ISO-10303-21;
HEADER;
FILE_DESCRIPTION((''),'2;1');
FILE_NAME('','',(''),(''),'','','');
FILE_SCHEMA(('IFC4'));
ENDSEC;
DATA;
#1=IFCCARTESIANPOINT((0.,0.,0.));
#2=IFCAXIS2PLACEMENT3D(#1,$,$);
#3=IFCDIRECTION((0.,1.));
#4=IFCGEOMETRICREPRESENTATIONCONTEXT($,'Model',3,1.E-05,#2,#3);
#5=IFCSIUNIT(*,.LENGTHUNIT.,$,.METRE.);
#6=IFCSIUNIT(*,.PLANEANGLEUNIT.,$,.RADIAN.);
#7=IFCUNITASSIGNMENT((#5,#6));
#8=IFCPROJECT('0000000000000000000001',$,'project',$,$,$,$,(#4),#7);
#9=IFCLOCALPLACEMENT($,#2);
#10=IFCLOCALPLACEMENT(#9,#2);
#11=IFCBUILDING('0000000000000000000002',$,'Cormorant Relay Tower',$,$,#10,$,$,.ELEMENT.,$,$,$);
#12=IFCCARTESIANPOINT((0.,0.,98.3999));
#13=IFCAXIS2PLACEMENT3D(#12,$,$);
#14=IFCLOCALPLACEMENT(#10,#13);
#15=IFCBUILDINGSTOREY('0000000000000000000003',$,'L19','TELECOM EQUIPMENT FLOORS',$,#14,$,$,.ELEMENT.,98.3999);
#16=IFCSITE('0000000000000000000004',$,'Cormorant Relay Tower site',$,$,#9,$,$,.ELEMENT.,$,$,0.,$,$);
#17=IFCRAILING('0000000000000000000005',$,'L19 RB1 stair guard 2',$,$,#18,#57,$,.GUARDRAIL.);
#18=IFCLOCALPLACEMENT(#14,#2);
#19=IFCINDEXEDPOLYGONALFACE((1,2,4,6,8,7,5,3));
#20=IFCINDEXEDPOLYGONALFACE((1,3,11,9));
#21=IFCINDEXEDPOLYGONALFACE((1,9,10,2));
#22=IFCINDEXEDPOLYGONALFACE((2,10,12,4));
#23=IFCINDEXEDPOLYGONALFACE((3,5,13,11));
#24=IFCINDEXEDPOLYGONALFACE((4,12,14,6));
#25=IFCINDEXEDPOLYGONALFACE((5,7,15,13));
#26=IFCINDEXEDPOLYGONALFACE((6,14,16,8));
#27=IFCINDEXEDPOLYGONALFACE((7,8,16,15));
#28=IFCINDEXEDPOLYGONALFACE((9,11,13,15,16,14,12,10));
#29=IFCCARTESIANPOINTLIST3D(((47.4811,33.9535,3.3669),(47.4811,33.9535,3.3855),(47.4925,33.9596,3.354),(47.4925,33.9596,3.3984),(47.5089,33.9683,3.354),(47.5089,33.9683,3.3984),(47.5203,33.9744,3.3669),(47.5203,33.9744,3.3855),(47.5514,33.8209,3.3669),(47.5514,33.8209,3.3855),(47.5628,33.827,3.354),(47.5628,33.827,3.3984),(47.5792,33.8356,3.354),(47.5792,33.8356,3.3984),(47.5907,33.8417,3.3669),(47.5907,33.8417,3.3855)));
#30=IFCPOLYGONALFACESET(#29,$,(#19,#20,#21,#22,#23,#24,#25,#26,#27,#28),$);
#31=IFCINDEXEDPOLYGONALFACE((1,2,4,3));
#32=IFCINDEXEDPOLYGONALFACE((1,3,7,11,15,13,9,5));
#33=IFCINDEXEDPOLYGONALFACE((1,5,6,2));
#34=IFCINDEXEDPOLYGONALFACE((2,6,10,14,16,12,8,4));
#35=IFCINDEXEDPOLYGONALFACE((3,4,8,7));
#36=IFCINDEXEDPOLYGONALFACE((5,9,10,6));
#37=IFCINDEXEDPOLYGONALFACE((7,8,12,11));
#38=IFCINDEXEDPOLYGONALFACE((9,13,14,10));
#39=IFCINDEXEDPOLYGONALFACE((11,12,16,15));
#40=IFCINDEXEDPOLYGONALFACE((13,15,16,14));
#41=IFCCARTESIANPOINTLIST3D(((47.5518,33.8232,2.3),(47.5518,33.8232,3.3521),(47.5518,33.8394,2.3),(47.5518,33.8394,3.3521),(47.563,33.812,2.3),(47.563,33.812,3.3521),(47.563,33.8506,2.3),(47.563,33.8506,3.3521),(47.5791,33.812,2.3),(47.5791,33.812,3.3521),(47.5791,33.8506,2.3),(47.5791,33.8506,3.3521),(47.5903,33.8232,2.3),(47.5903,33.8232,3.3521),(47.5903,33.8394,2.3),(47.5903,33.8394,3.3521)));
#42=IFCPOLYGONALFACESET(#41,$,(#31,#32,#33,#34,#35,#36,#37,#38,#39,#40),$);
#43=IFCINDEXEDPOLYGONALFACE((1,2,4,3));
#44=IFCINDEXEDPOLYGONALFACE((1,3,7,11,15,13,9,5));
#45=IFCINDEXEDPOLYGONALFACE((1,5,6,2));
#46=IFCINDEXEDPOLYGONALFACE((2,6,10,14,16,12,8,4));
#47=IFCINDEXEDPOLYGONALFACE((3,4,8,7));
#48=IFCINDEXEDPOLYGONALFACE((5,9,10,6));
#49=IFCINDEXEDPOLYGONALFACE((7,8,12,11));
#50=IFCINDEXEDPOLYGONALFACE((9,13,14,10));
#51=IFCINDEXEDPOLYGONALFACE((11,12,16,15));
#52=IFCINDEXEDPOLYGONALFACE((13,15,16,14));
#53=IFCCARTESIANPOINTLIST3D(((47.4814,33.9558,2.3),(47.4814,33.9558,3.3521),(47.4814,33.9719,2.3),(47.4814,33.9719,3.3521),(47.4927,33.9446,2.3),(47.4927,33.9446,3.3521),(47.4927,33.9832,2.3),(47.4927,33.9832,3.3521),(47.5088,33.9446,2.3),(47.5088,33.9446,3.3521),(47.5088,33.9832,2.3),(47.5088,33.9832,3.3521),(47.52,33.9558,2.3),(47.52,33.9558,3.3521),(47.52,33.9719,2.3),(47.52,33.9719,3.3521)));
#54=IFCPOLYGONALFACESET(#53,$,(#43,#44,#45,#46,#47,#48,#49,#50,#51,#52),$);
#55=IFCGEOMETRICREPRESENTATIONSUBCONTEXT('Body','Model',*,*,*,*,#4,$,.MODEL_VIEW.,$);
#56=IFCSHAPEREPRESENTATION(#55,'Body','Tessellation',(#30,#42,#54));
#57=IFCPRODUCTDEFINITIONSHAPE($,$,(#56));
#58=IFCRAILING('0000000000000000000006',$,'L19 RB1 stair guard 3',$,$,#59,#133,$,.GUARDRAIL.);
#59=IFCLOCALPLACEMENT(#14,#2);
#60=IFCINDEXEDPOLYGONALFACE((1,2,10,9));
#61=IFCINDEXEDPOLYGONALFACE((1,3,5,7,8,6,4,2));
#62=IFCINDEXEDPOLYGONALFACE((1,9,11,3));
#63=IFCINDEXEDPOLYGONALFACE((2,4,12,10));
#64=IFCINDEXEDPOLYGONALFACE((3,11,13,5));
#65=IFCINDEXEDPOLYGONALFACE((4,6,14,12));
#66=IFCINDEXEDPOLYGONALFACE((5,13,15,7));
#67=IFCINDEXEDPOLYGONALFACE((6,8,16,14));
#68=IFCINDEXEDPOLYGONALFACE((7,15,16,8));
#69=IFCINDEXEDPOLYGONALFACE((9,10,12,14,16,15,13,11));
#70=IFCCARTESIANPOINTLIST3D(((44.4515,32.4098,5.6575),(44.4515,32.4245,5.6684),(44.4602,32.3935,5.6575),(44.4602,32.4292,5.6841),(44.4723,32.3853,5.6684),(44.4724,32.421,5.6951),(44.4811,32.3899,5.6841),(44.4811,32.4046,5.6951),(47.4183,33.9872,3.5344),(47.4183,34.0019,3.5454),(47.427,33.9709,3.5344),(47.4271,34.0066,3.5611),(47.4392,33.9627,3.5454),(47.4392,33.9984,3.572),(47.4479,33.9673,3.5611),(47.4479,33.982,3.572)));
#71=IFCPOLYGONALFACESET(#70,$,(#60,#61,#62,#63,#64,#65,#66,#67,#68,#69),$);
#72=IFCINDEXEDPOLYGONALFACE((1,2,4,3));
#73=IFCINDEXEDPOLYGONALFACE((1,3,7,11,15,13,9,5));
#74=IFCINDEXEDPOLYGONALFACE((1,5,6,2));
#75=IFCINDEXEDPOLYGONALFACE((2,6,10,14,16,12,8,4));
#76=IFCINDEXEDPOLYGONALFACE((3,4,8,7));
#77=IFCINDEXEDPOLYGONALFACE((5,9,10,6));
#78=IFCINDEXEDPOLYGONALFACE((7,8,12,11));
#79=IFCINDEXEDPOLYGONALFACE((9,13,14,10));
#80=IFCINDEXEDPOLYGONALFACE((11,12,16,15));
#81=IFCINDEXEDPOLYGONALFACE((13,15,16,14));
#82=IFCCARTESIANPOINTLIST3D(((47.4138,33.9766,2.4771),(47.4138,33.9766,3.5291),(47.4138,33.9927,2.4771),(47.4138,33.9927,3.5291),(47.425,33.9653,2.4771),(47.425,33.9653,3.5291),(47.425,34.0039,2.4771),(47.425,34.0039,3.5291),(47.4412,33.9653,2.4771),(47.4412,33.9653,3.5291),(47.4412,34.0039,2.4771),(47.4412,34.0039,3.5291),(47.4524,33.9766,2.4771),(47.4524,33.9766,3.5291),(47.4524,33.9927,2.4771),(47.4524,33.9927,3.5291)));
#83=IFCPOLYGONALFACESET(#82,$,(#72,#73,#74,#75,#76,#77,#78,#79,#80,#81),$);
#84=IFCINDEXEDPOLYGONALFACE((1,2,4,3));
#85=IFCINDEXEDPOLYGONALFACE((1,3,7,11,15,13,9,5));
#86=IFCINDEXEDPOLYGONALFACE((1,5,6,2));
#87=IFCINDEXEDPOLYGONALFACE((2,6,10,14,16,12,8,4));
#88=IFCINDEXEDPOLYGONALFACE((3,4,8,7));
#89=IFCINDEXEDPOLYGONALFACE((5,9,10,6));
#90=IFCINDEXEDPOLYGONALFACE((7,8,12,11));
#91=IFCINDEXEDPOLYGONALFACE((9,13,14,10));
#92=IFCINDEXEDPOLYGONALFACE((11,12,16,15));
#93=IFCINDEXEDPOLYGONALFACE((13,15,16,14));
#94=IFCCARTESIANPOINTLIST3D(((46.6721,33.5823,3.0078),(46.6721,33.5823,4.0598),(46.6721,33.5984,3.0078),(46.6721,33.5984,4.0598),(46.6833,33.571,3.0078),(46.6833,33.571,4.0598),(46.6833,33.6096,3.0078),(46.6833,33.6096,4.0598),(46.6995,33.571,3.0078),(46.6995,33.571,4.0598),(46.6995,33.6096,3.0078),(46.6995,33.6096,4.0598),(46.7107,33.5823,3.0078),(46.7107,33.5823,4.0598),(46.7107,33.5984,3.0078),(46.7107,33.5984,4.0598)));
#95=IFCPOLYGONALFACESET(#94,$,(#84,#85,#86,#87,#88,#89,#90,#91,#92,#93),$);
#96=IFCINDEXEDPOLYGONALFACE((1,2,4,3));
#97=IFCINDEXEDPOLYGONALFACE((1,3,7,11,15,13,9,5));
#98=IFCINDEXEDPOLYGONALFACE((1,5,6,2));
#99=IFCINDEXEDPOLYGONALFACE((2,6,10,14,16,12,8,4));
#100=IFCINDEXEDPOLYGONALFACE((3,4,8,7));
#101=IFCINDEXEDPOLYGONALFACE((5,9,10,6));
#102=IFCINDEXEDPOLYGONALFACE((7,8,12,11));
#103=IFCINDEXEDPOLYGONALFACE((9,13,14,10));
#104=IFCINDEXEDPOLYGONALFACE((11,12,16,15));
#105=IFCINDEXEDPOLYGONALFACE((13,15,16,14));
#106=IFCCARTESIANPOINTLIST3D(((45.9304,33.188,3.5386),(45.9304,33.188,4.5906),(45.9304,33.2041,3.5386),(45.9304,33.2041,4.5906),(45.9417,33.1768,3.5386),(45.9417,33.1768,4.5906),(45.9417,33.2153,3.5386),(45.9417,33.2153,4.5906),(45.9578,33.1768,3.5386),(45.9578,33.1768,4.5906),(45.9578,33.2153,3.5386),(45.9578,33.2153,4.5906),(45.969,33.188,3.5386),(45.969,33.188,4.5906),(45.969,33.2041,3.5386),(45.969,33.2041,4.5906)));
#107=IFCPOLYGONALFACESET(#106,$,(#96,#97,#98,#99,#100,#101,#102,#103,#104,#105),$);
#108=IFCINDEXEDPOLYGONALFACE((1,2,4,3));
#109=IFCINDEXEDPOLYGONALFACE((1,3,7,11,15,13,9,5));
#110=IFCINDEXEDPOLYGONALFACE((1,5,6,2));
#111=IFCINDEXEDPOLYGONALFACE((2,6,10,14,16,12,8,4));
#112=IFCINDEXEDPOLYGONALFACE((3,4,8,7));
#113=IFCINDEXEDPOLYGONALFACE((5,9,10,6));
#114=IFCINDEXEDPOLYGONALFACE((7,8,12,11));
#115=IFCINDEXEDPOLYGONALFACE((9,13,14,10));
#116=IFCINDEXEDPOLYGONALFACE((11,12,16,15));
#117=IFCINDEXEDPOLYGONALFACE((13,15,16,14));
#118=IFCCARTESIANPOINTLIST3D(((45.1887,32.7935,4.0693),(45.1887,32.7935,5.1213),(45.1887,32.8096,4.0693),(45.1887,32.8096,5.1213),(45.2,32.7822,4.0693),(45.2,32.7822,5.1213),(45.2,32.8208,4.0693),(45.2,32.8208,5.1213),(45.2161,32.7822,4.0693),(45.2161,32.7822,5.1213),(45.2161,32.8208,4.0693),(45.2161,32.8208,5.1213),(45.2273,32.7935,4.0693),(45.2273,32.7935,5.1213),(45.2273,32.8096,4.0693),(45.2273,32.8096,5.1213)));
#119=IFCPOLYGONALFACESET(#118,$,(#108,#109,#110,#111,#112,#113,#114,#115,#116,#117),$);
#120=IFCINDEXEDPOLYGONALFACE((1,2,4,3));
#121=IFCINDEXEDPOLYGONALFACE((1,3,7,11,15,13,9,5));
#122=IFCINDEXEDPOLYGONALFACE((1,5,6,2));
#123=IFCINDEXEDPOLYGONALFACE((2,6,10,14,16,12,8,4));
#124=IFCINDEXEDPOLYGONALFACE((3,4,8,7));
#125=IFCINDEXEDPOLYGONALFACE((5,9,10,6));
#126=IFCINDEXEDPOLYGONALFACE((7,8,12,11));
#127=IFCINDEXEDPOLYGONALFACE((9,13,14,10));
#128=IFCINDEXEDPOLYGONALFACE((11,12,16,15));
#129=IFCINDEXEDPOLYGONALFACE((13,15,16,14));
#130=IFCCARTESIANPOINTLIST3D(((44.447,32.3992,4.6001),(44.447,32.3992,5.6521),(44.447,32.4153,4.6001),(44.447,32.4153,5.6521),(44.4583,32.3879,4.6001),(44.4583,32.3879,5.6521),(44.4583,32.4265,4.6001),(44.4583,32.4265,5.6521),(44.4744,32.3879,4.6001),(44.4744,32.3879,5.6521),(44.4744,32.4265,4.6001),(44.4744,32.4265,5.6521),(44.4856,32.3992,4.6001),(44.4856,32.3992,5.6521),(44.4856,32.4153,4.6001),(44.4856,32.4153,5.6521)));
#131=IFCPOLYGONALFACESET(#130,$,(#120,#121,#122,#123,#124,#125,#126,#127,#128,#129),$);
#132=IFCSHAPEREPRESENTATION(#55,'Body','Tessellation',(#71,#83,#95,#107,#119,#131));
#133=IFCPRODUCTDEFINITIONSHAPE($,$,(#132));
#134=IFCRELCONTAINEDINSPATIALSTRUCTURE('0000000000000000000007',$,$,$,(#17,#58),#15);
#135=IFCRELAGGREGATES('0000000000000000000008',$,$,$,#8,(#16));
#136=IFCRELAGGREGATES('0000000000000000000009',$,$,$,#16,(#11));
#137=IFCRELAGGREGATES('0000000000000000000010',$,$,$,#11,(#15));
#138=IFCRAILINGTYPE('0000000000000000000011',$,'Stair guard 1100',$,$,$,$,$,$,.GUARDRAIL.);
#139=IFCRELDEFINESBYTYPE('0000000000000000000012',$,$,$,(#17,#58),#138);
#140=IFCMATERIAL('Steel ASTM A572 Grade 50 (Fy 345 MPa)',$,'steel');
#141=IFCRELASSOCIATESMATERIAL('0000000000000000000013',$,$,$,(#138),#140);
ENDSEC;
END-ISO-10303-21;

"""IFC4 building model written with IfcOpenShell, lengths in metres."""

from ifc_helpers import new_model, si_unit, direction, frame, origin, place, context, subcontext, project, spatial, polyline, outline, extrude, material, type_object, element, save


model = new_model("IFC4")

# Units and contexts
model_context = context("Model", 3, precision=1e-05, world=origin(), true_north=direction((0.0, 1.0)))
body_context = subcontext(model_context, "Body", "Model", "MODEL_VIEW")
ifc_project = project(units=[si_unit("LENGTHUNIT", "METRE"), si_unit("PLANEANGLEUNIT", "RADIAN")], contexts=[model_context])

# Site, building, storey
site_placement = place(None, origin())
site = spatial("IfcSite", under=ifc_project, at=site_placement, Name="Cormorant Relay Tower site", CompositionType="ELEMENT", RefElevation=0.0)
building_placement = place(site_placement, origin())
building = spatial("IfcBuilding", under=site, at=building_placement, Name="Cormorant Relay Tower", CompositionType="ELEMENT")
storey_placement = place(building_placement, frame((0.0, 0.0, 98.3999)))
storey = spatial("IfcBuildingStorey", under=building, at=storey_placement, Name="L19", Description="TELECOM EQUIPMENT FLOORS", CompositionType="ELEMENT", Elevation=98.3999)

# Railings
ifc_material_1 = material(Name="Steel ASTM A572 Grade 50 (Fy 345 MPa)", Category="steel")
railing_type_1 = type_object("IfcRailingType", Name="Stair guard 1100", PredefinedType="GUARDRAIL", material=ifc_material_1)
railing_1_placement = place(storey_placement, frame((47.571, 33.8313, 2.3)))
element("IfcRailing", 1, at=railing_1_placement, inside=storey, type_object=railing_type_1, Name="L19 RB1 stair guard 2", PredefinedType="GUARDRAIL", context=body_context, shape_type="SweptSolid", body=[
    extrude(outline(polyline([(0.0222, 0.0093), (0.0093, 0.0222), (-0.0093, 0.0222), (-0.0222, 0.0093), (-0.0222, -0.0093), (-0.0093, -0.0222), (0.0093, -0.0222), (0.0222, -0.0093), (0.0222, 0.0093)])), frame((0.0, 0.0, 1.0762), z_axis=(-0.46856, 0.883431, 0.0), x_axis=(-0.883431, -0.46856, 0.0)), (0.0, 0.0, 1.0), 0.1501),
    extrude(outline(polyline([(0.0193, 0.0081), (0.0081, 0.0193), (-0.0081, 0.0193), (-0.0193, 0.0081), (-0.0193, -0.0081), (-0.0081, -0.0193), (0.0081, -0.0193), (0.0193, -0.0081), (0.0193, 0.0081)])), origin(), (0.0, 0.0, 1.0), 1.052),
    extrude(outline(polyline([(0.0193, 0.0081), (0.0081, 0.0193), (-0.0081, 0.0193), (-0.0193, 0.0081), (-0.0193, -0.0081), (-0.0081, -0.0193), (0.0081, -0.0193), (0.0193, -0.0081), (0.0193, 0.0081)])), frame((-0.0703, 0.1326, 0.0)), (0.0, 0.0, 1.0), 1.052),
])
railing_2_placement = place(storey_placement, frame((47.4331, 33.9846, 2.4771)))
element("IfcRailing", 2, at=railing_2_placement, inside=storey, type_object=railing_type_1, Name="L19 RB1 stair guard 3", PredefinedType="GUARDRAIL", context=body_context, shape_type="SweptSolid", body=[
    extrude(outline(polyline([(0.0222, 0.0093), (0.0093, 0.0222), (-0.0093, 0.0222), (-0.0222, 0.0093), (-0.0222, -0.0093), (-0.0093, -0.0222), (0.0093, -0.0222), (0.0222, -0.0093), (0.0222, 0.0093)])), frame((0.0, 0.0, 1.0762), z_axis=(-0.746441, -0.396869, 0.534155), x_axis=(0.469453, -0.882958, 0.0)), (0.0, 0.0, 1.0), 3.9746),
    extrude(outline(polyline([(0.0193, 0.0081), (0.0081, 0.0193), (-0.0081, 0.0193), (-0.0193, 0.0081), (-0.0193, -0.0081), (-0.0081, -0.0193), (0.0081, -0.0193), (0.0193, -0.0081), (0.0193, 0.0081)])), origin(), (0.0, 0.0, 1.0), 1.052),
    extrude(outline(polyline([(0.0193, 0.0081), (0.0081, 0.0193), (-0.0081, 0.0193), (-0.0193, 0.0081), (-0.0193, -0.0081), (-0.0081, -0.0193), (0.0081, -0.0193), (0.0193, -0.0081), (0.0193, 0.0081)])), frame((-0.7417, -0.3943, 0.5308)), (0.0, 0.0, 1.0), 1.052),
    extrude(outline(polyline([(0.0193, 0.0081), (0.0081, 0.0193), (-0.0081, 0.0193), (-0.0193, 0.0081), (-0.0193, -0.0081), (-0.0081, -0.0193), (0.0081, -0.0193), (0.0193, -0.0081), (0.0193, 0.0081)])), frame((-1.4834, -0.7886, 1.0615)), (0.0, 0.0, 1.0), 1.052),
    extrude(outline(polyline([(0.0193, 0.0081), (0.0081, 0.0193), (-0.0081, 0.0193), (-0.0193, 0.0081), (-0.0193, -0.0081), (-0.0081, -0.0193), (0.0081, -0.0193), (0.0193, -0.0081), (0.0193, 0.0081)])), frame((-2.2251, -1.1831, 1.5923)), (0.0, 0.0, 1.0), 1.052),
    extrude(outline(polyline([(0.0193, 0.0081), (0.0081, 0.0193), (-0.0081, 0.0193), (-0.0193, 0.0081), (-0.0193, -0.0081), (-0.0081, -0.0193), (0.0081, -0.0193), (0.0193, -0.0081), (0.0193, 0.0081)])), frame((-2.9668, -1.5774, 2.123)), (0.0, 0.0, 1.0), 1.052),
])

save(model, "model.ifc")
